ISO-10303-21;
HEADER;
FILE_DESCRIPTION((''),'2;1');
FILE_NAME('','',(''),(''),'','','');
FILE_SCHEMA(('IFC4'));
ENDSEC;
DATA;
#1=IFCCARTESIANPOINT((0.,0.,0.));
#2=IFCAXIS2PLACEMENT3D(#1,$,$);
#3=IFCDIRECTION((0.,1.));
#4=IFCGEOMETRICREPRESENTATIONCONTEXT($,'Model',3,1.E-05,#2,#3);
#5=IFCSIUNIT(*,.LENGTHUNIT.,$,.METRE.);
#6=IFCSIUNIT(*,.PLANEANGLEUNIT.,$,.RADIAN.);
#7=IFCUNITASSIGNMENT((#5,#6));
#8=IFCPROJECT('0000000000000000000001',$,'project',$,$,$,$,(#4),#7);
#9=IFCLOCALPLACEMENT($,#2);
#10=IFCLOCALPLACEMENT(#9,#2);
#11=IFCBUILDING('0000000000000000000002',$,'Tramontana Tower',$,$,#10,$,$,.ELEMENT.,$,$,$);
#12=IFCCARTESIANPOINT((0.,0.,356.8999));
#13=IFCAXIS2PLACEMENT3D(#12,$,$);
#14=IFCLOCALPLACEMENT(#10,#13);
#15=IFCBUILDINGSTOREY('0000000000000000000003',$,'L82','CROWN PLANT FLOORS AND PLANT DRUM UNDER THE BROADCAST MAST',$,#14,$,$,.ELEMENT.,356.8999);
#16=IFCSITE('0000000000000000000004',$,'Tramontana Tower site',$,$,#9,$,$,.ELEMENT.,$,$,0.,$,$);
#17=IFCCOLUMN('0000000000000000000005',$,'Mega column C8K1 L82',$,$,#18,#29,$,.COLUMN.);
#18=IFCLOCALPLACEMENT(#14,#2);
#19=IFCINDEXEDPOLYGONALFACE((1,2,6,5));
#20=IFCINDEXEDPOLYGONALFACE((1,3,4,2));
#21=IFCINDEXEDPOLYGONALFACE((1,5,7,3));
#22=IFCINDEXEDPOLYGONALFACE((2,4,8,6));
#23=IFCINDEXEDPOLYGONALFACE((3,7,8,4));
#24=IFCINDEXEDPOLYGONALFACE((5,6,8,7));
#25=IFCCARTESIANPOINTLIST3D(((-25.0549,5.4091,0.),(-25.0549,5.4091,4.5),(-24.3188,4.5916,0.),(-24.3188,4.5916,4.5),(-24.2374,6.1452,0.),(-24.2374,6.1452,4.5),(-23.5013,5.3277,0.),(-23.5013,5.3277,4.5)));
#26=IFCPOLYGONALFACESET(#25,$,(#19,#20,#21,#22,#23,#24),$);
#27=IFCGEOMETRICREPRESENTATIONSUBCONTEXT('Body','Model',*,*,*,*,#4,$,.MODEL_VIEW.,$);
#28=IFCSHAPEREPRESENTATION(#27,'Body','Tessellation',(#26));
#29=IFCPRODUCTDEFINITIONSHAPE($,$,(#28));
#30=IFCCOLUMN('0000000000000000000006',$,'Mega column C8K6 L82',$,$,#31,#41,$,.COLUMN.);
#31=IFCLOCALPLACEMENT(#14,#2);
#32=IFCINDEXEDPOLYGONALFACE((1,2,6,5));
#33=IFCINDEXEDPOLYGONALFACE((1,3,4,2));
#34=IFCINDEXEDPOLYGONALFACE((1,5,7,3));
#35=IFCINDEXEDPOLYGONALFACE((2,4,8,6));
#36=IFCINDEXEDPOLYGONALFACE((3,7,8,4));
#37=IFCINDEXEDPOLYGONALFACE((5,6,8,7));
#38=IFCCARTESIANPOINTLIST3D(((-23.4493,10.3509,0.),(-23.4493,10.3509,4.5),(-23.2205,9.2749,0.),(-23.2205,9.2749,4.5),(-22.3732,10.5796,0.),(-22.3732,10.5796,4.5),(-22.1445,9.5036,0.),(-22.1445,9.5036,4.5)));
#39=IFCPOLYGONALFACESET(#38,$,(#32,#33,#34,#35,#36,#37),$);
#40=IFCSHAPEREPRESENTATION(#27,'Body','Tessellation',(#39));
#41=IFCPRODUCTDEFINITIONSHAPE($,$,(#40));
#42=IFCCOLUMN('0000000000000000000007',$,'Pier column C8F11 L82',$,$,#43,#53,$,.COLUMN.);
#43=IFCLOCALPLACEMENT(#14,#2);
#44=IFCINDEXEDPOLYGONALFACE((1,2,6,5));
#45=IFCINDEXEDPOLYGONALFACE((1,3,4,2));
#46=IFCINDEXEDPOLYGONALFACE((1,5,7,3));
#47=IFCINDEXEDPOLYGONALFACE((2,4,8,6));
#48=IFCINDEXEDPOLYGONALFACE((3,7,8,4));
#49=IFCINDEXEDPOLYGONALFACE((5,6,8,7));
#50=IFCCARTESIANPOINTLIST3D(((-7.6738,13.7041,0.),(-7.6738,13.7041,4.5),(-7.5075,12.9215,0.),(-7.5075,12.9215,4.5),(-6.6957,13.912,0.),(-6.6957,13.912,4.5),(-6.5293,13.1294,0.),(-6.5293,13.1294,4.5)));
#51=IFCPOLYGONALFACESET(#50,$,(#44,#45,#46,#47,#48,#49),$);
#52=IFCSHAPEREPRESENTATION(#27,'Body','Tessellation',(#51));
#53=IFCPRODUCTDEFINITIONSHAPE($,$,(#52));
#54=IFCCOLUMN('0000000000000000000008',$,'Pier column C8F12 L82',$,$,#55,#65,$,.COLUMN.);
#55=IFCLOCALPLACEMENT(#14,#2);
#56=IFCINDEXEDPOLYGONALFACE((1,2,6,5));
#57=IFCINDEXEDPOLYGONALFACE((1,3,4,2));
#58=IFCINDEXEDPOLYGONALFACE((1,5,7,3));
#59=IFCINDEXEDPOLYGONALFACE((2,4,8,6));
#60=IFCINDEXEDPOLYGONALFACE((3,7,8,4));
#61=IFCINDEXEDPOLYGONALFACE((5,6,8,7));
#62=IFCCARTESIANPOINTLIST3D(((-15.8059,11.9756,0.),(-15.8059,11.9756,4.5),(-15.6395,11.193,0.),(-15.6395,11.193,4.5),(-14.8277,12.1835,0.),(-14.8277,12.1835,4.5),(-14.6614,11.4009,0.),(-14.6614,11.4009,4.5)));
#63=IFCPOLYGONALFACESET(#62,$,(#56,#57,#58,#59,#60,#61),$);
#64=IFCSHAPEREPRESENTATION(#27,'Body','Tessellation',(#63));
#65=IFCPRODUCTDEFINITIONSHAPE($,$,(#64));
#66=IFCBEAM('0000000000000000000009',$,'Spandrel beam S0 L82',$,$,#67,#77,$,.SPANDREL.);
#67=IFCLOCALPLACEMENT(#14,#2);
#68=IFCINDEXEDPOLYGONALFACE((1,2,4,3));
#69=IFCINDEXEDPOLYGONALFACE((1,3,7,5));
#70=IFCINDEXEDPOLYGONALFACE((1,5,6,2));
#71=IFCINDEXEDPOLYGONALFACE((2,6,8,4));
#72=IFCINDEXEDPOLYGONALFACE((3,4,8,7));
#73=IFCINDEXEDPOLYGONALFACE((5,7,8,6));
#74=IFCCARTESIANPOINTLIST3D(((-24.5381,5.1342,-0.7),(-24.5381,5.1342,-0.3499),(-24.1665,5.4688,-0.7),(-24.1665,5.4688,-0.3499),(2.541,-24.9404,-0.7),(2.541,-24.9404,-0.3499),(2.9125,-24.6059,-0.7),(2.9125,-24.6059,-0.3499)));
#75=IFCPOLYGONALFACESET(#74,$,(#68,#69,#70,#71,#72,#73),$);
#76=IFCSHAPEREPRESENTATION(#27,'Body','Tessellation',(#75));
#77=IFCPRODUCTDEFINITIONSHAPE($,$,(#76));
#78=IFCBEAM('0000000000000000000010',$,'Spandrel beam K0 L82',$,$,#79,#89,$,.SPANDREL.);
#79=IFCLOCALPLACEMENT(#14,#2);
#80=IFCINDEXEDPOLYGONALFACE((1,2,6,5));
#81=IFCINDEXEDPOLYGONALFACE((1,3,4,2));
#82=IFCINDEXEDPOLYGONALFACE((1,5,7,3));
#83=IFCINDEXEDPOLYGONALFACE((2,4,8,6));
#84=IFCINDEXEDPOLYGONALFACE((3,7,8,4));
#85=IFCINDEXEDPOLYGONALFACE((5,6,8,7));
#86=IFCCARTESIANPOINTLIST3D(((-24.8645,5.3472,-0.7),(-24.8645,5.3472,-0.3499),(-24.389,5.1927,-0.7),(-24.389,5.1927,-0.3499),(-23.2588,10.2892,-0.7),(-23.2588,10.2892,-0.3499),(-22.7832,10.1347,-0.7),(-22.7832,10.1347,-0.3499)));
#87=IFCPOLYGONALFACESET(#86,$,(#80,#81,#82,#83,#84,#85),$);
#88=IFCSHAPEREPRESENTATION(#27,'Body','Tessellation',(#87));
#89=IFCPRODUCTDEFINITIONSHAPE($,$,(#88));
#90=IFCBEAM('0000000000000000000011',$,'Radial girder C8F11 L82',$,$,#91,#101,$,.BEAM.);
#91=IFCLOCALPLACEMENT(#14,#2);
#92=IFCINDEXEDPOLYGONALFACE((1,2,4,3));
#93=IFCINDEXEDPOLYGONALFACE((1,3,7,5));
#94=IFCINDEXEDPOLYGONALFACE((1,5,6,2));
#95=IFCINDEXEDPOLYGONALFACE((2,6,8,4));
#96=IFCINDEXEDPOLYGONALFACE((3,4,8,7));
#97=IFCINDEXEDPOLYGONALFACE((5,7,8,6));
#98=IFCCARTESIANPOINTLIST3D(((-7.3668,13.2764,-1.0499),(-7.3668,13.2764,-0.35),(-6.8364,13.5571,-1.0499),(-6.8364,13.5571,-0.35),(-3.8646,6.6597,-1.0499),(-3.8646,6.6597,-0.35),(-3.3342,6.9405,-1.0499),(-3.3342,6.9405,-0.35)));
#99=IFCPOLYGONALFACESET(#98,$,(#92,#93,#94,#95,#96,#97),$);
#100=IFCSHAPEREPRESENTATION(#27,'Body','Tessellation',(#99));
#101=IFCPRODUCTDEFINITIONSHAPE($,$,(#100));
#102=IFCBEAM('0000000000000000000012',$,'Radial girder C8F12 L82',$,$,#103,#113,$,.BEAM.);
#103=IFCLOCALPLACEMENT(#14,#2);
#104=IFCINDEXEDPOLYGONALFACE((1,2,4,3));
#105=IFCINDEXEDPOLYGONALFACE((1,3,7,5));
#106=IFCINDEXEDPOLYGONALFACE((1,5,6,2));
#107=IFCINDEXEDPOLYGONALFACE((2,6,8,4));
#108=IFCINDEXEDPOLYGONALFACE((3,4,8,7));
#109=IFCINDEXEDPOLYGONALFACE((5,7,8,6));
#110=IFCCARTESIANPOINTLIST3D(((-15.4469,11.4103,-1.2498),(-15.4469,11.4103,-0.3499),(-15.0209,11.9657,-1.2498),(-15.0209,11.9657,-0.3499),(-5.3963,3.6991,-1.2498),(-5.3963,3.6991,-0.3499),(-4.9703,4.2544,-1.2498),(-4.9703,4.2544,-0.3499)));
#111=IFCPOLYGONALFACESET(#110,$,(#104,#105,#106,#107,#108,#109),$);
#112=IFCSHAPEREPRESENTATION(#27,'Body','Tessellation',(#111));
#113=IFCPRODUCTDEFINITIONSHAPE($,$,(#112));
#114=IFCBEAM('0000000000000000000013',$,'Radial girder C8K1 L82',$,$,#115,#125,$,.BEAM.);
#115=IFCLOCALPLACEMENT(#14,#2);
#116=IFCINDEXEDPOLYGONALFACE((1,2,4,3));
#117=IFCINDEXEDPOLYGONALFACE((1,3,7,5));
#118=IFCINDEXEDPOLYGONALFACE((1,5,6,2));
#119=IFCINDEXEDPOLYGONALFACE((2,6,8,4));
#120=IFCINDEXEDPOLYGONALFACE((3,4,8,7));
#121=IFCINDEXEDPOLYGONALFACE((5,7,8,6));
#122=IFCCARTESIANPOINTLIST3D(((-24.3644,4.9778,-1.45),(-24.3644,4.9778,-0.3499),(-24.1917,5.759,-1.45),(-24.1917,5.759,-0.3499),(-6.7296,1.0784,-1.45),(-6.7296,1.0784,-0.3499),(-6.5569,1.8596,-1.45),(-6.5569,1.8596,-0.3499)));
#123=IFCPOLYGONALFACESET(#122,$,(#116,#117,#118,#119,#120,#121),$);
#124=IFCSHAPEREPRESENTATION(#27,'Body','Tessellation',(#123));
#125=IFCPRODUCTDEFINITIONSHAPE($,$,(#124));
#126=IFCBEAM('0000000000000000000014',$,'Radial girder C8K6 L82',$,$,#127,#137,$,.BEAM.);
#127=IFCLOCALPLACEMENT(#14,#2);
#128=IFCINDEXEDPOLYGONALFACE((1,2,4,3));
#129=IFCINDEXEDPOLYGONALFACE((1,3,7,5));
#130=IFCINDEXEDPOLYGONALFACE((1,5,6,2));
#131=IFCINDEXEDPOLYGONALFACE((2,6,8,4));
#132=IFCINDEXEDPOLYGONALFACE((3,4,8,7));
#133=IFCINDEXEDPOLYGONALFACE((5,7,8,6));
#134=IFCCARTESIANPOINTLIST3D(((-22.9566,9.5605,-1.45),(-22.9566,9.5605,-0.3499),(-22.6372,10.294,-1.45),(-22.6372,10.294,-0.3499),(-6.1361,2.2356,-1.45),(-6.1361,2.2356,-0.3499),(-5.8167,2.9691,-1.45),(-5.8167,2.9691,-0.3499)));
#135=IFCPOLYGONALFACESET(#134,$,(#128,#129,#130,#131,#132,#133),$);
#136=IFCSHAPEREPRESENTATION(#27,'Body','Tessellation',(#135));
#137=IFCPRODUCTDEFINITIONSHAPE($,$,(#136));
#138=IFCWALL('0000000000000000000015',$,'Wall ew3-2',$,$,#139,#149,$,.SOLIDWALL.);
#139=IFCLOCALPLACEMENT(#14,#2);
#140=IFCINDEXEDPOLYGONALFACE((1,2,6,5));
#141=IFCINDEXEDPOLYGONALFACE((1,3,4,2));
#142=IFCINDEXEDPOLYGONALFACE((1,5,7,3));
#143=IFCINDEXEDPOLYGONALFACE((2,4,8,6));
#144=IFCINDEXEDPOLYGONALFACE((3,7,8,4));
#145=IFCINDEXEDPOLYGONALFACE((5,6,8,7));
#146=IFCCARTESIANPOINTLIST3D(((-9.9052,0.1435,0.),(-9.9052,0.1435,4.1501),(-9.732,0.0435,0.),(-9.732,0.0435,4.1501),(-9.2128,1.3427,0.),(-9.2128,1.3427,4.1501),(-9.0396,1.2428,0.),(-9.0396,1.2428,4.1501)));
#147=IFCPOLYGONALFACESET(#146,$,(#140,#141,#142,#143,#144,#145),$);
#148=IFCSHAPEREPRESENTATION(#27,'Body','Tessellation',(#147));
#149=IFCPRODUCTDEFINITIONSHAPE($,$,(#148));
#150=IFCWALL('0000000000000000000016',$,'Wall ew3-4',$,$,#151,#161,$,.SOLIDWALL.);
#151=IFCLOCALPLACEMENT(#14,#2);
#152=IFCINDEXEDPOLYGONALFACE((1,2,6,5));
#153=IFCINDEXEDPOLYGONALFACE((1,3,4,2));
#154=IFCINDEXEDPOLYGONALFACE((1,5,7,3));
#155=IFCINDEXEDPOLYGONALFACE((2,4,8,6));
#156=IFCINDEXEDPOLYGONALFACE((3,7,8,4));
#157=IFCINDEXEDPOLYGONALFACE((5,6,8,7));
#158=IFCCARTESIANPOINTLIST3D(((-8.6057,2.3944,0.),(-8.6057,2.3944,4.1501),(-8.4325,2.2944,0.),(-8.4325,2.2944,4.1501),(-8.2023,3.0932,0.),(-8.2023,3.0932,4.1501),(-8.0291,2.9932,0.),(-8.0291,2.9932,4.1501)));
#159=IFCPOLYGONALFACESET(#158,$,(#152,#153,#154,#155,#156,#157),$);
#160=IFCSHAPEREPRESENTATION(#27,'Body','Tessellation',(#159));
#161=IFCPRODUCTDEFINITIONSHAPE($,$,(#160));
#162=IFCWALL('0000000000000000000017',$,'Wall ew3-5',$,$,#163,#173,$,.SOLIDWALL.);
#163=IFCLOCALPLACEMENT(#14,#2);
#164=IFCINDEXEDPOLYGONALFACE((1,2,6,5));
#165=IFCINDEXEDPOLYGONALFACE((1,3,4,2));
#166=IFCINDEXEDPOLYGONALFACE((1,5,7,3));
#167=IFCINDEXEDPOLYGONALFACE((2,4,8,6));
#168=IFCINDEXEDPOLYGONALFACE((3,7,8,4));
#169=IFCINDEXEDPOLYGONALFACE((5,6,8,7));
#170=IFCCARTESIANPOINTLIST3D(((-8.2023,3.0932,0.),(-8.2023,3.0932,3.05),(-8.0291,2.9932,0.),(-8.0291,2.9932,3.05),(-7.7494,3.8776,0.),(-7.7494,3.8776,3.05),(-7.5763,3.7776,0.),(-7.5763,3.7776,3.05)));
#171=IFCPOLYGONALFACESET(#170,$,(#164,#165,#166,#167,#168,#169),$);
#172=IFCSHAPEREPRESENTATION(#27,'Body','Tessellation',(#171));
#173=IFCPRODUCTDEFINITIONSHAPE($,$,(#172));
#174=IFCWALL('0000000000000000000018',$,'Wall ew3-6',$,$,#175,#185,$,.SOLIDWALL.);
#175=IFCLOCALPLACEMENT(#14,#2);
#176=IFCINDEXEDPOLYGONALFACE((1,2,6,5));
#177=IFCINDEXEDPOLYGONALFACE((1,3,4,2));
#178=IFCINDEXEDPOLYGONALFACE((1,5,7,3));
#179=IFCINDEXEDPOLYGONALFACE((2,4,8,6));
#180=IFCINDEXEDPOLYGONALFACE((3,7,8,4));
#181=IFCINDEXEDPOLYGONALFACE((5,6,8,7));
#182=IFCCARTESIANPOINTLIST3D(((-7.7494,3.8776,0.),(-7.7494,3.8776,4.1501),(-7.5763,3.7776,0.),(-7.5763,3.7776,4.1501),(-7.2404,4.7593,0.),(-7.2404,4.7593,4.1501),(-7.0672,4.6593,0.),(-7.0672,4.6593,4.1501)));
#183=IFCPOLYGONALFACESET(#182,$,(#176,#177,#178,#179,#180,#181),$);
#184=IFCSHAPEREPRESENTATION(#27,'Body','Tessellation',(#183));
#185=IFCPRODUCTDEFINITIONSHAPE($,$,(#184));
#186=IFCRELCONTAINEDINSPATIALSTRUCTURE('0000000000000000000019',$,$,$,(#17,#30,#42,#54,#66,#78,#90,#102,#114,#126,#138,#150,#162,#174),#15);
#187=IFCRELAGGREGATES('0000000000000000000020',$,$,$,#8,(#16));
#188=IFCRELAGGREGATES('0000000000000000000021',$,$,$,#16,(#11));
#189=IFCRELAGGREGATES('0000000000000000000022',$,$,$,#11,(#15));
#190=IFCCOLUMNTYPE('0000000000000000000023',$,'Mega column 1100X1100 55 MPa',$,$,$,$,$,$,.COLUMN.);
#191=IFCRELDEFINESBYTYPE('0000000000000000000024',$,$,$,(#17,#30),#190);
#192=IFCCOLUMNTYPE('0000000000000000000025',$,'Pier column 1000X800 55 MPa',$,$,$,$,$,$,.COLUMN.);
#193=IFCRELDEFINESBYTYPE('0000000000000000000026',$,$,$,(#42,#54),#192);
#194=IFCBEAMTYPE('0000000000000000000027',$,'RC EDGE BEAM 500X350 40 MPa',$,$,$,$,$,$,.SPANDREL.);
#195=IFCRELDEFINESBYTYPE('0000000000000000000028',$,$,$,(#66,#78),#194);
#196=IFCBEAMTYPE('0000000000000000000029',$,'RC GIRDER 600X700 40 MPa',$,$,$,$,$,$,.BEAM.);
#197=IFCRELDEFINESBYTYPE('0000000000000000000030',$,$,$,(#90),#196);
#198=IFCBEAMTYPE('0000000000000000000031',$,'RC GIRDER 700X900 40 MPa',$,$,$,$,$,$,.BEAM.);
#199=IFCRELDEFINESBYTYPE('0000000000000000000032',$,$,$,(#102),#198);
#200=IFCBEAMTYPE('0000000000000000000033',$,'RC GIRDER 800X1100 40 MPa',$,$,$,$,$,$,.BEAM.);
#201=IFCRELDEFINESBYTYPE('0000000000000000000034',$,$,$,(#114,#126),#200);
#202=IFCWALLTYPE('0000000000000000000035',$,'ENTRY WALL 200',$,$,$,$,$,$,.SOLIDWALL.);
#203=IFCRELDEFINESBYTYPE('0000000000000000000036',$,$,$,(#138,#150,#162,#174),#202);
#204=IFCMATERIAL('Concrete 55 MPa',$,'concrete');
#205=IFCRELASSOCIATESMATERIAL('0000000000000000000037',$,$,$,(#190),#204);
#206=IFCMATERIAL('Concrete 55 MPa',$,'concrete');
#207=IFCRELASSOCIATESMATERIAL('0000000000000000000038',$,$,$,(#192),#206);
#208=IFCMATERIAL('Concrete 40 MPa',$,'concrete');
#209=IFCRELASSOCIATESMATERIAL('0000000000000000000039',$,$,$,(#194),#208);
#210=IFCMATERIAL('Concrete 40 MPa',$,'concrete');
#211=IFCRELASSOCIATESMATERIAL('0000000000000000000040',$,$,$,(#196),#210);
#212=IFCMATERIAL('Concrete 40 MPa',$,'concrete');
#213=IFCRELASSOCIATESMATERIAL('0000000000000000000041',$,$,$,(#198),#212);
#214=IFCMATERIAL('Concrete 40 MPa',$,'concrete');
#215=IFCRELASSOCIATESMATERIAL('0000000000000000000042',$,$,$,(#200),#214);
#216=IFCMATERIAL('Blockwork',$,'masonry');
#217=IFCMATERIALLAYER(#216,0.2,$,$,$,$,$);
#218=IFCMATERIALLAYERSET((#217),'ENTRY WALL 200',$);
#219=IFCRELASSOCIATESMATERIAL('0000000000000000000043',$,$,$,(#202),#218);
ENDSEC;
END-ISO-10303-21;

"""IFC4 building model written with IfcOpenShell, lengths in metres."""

from ifc_helpers import new_model, si_unit, direction, frame, frame_2d, origin, origin_2d, place, context, subcontext, project, spatial, rectangle, extrude, material, layer, layer_set, material_profile, profile_set, type_object, element, save


model = new_model("IFC4")

# Units and contexts
model_context = context("Model", 3, precision=1e-05, world=origin(), true_north=direction((0.0, 1.0)))
body_context = subcontext(model_context, "Body", "Model", "MODEL_VIEW")
ifc_project = project(units=[si_unit("LENGTHUNIT", "METRE"), si_unit("PLANEANGLEUNIT", "RADIAN")], contexts=[model_context])

# Site, building, storey
site_placement = place(None, origin())
site = spatial("IfcSite", under=ifc_project, at=site_placement, Name="Tramontana Tower site", CompositionType="ELEMENT", RefElevation=0.0)
building_placement = place(site_placement, origin())
building = spatial("IfcBuilding", under=site, at=building_placement, Name="Tramontana Tower", CompositionType="ELEMENT")
storey_placement = place(building_placement, frame((0.0, 0.0, 356.8999)))
storey = spatial("IfcBuildingStorey", under=building, at=storey_placement, Name="L82", Description="CROWN PLANT FLOORS AND PLANT DRUM UNDER THE BROADCAST MAST", CompositionType="ELEMENT", Elevation=356.8999)

# Columns
ifc_material_1 = material(Name="Concrete 55 MPa", Category="concrete")
ifc_material_profile_1 = material_profile(ifc_material_1, rectangle(XDim=1.1001, YDim=1.1001, at=origin_2d()), Name="Mega column 1100X1100 55 MPa")
ifc_profile_set_1 = profile_set([ifc_material_profile_1], Name="Concrete 55 MPa")
column_type_1 = type_object("IfcColumnType", Name="Mega column 1100X1100 55 MPa", PredefinedType="COLUMN", material=ifc_profile_set_1)
for number, where, z_axis, x_axis, name in (
    (1, (-24.2781, 5.3684, 0.0), (0.0, 0.0, 1.0), (0.669131, -0.743145, 0.0), "Mega column C8K1 L82"),
    (2, (-22.7969, 9.9272, 0.0), (0.0, 0.0, 1.0), (-0.978148, -0.207912, 0.0), "Mega column C8K6 L82"),
):
    element("IfcColumn", number, at=place(storey_placement, frame(where, z_axis=z_axis, x_axis=x_axis)), inside=storey, type_object=column_type_1, Name=name, PredefinedType="COLUMN", context=body_context, shape_type="SweptSolid", body=[
        extrude(rectangle(XDim=1.1001, YDim=1.1001, at=origin_2d()), origin(), (0.0, 0.0, 1.0), 4.5),
    ])
ifc_material_2 = material(Name="Concrete 55 MPa", Category="concrete")
ifc_material_profile_2 = material_profile(ifc_material_2, rectangle(XDim=1.0, YDim=0.8, at=origin_2d()), Name="Pier column 1000X800 55 MPa")
ifc_profile_set_2 = profile_set([ifc_material_profile_2], Name="Concrete 55 MPa")
column_type_2 = type_object("IfcColumnType", Name="Pier column 1000X800 55 MPa", PredefinedType="COLUMN", material=ifc_profile_set_2)
for number, where, z_axis, x_axis, name in (
    (3, (-7.1016, 13.4167, 0.0), (0.0, 0.0, 1.0), (-0.978148, -0.207912, 0.0), "Pier column C8F11 L82"),
    (4, (-15.2336, 11.6882, 0.0), (0.0, 0.0, 1.0), (-0.978148, -0.207912, 0.0), "Pier column C8F12 L82"),
):
    element("IfcColumn", number, at=place(storey_placement, frame(where, z_axis=z_axis, x_axis=x_axis)), inside=storey, type_object=column_type_2, Name=name, PredefinedType="COLUMN", context=body_context, shape_type="SweptSolid", body=[
        extrude(rectangle(XDim=1.0, YDim=0.8, at=origin_2d()), origin(), (0.0, 0.0, 1.0), 4.5),
    ])

# Beams
ifc_material_3 = material(Name="Concrete 40 MPa", Category="concrete")
ifc_material_profile_3 = material_profile(ifc_material_3, rectangle(XDim=0.5, YDim=0.3501, at=origin_2d()), Name="RC EDGE BEAM 500X350 40 MPa")
ifc_profile_set_3 = profile_set([ifc_material_profile_3], Name="Concrete 40 MPa")
beam_type_1 = type_object("IfcBeamType", Name="RC EDGE BEAM 500X350 40 MPa", PredefinedType="SPANDREL", material=ifc_profile_set_3)
beam_1_placement = place(storey_placement, frame((-24.3523, 5.3015, -0.5249), z_axis=(0.669127, -0.743148, 0.0), x_axis=(0.743148, 0.669127, 0.0)))
element("IfcBeam", 5, at=beam_1_placement, inside=storey, type_object=beam_type_1, Name="Spandrel beam S0 L82", PredefinedType="SPANDREL", context=body_context, shape_type="SweptSolid", body=[
    extrude(rectangle(XDim=0.5, YDim=0.3501, at=origin_2d()), origin(), (0.0, 0.0, 1.0), 40.4692),
])
beam_2_placement = place(storey_placement, frame((-23.021, 10.2119, -0.5249), z_axis=(-0.309016, -0.951057, 0.0), x_axis=(0.951057, -0.309016, 0.0)))
element("IfcBeam", 6, at=beam_2_placement, inside=storey, type_object=beam_type_1, Name="Spandrel beam K0 L82", PredefinedType="SPANDREL", context=body_context, shape_type="SweptSolid", body=[
    extrude(rectangle(XDim=0.5, YDim=0.3501, at=origin_2d()), origin(), (0.0, 0.0, 1.0), 5.1963),
])
ifc_material_4 = material(Name="Concrete 40 MPa", Category="concrete")
ifc_material_profile_4 = material_profile(ifc_material_4, rectangle(XDim=0.6001, YDim=0.7, at=origin_2d()), Name="RC GIRDER 600X700 40 MPa")
ifc_profile_set_4 = profile_set([ifc_material_profile_4], Name="Concrete 40 MPa")
beam_type_2 = type_object("IfcBeamType", Name="RC GIRDER 600X700 40 MPa", PredefinedType="BEAM", material=ifc_profile_set_4)
beam_3_placement = place(storey_placement, frame((-7.1016, 13.4167, -0.7), z_axis=(0.467808, -0.88383, 0.0), x_axis=(0.88383, 0.467808, 0.0)))
element("IfcBeam", 7, at=beam_3_placement, inside=storey, type_object=beam_type_2, Name="Radial girder C8F11 L82", PredefinedType="BEAM", context=body_context, shape_type="SweptSolid", body=[
    extrude(rectangle(XDim=0.6001, YDim=0.7, at=origin_2d()), origin(), (0.0, 0.0, 1.0), 7.4863),
])
ifc_material_5 = material(Name="Concrete 40 MPa", Category="concrete")
ifc_material_profile_5 = material_profile(ifc_material_5, rectangle(XDim=0.7, YDim=0.8999, at=origin_2d()), Name="RC GIRDER 700X900 40 MPa")
ifc_profile_set_5 = profile_set([ifc_material_profile_5], Name="Concrete 40 MPa")
beam_type_3 = type_object("IfcBeamType", Name="RC GIRDER 700X900 40 MPa", PredefinedType="BEAM", material=ifc_profile_set_5)
beam_4_placement = place(storey_placement, frame((-15.2339, 11.688, -0.7998), z_axis=(0.793386, -0.608718, 0.0), x_axis=(0.608718, 0.793386, 0.0)))
element("IfcBeam", 8, at=beam_4_placement, inside=storey, type_object=beam_type_3, Name="Radial girder C8F12 L82", PredefinedType="BEAM", context=body_context, shape_type="SweptSolid", body=[
    extrude(rectangle(XDim=0.7, YDim=0.8999, at=origin_2d()), origin(), (0.0, 0.0, 1.0), 12.668),
])
ifc_material_6 = material(Name="Concrete 40 MPa", Category="concrete")
ifc_material_profile_6 = material_profile(ifc_material_6, rectangle(XDim=0.8, YDim=1.1001, at=origin_2d()), Name="RC GIRDER 800X1100 40 MPa")
ifc_profile_set_6 = profile_set([ifc_material_profile_6], Name="Concrete 40 MPa")
beam_type_4 = type_object("IfcBeamType", Name="RC GIRDER 800X1100 40 MPa", PredefinedType="BEAM", material=ifc_profile_set_6)
beam_5_placement = place(storey_placement, frame((-24.2781, 5.3684, -0.8999), z_axis=(0.976414, -0.215906, 0.0), x_axis=(0.215906, 0.976414, 0.0)))
element("IfcBeam", 9, at=beam_5_placement, inside=storey, type_object=beam_type_4, Name="Radial girder C8K1 L82", PredefinedType="BEAM", context=body_context, shape_type="SweptSolid", body=[
    extrude(rectangle(XDim=0.8, YDim=1.1001, at=origin_2d()), origin(), (0.0, 0.0, 1.0), 18.0608),
])
beam_6_placement = place(storey_placement, frame((-22.7969, 9.9272, -0.8999), z_axis=(0.916837, -0.399261, 0.0), x_axis=(0.399261, 0.916837, 0.0)))
element("IfcBeam", 10, at=beam_6_placement, inside=storey, type_object=beam_type_4, Name="Radial girder C8K6 L82", PredefinedType="BEAM", context=body_context, shape_type="SweptSolid", body=[
    extrude(rectangle(XDim=0.8, YDim=1.1001, at=origin_2d()), origin(), (0.0, 0.0, 1.0), 18.3462),
])

# Wall
ifc_material_7 = material(Name="Blockwork", Category="masonry")
ifc_layer_1 = layer(ifc_material_7, 0.2)
ifc_layer_set_1 = layer_set([ifc_layer_1], Name="ENTRY WALL 200")
wall_type_1 = type_object("IfcWallType", Name="ENTRY WALL 200", PredefinedType="SOLIDWALL", material=ifc_layer_set_1)
wall_1_placement = place(storey_placement, frame((-9.8186, 0.0935, 0.0), z_axis=(0.0, 0.0, 1.0), x_axis=(0.500007, 0.866021, 0.0)))
element("IfcWall", 11, at=wall_1_placement, inside=storey, type_object=wall_type_1, Name="Wall ew3-2", PredefinedType="SOLIDWALL", context=body_context, shape_type="SweptSolid", body=[
    extrude(rectangle(XDim=1.3848, YDim=0.2, at=frame_2d((0.6924, 0.0))), origin(), (0.0, 0.0, 1.0), 4.1501),
])

# Walls
wall_2_placement = place(storey_placement, frame((-8.519, 2.3445, 0.0), z_axis=(0.0, 0.0, 1.0), x_axis=(0.499915, 0.866075, 0.0)))
element("IfcWall", 12, at=wall_2_placement, inside=storey, type_object=wall_type_1, Name="Wall ew3-4", PredefinedType="SOLIDWALL", context=body_context, shape_type="SweptSolid", body=[
    extrude(rectangle(XDim=0.8069, YDim=0.2, at=frame_2d((0.4033, 0.0))), origin(), (0.0, 0.0, 1.0), 4.1501),
])
wall_3_placement = place(storey_placement, frame((-8.1157, 3.0432, 0.0), z_axis=(0.0, 0.0, 1.0), x_axis=(0.499995, 0.866028, 0.0)))
element("IfcWall", 13, at=wall_3_placement, inside=storey, type_object=wall_type_1, Name="Wall ew3-5", PredefinedType="SOLIDWALL", context=body_context, shape_type="SweptSolid", body=[
    extrude(rectangle(XDim=0.9058, YDim=0.2, at=frame_2d((0.4529, 0.0))), origin(), (0.0, 0.0, 1.0), 3.05),
])
wall_4_placement = place(storey_placement, frame((-7.6628, 3.8276, 0.0), z_axis=(0.0, 0.0, 1.0), x_axis=(0.500034, 0.866006, 0.0)))
element("IfcWall", 14, at=wall_4_placement, inside=storey, type_object=wall_type_1, Name="Wall ew3-6", PredefinedType="SOLIDWALL", context=body_context, shape_type="SweptSolid", body=[
    extrude(rectangle(XDim=1.0181, YDim=0.2, at=frame_2d((0.509, 0.0))), origin(), (0.0, 0.0, 1.0), 4.1501),
])

save(model, "model.ifc")
